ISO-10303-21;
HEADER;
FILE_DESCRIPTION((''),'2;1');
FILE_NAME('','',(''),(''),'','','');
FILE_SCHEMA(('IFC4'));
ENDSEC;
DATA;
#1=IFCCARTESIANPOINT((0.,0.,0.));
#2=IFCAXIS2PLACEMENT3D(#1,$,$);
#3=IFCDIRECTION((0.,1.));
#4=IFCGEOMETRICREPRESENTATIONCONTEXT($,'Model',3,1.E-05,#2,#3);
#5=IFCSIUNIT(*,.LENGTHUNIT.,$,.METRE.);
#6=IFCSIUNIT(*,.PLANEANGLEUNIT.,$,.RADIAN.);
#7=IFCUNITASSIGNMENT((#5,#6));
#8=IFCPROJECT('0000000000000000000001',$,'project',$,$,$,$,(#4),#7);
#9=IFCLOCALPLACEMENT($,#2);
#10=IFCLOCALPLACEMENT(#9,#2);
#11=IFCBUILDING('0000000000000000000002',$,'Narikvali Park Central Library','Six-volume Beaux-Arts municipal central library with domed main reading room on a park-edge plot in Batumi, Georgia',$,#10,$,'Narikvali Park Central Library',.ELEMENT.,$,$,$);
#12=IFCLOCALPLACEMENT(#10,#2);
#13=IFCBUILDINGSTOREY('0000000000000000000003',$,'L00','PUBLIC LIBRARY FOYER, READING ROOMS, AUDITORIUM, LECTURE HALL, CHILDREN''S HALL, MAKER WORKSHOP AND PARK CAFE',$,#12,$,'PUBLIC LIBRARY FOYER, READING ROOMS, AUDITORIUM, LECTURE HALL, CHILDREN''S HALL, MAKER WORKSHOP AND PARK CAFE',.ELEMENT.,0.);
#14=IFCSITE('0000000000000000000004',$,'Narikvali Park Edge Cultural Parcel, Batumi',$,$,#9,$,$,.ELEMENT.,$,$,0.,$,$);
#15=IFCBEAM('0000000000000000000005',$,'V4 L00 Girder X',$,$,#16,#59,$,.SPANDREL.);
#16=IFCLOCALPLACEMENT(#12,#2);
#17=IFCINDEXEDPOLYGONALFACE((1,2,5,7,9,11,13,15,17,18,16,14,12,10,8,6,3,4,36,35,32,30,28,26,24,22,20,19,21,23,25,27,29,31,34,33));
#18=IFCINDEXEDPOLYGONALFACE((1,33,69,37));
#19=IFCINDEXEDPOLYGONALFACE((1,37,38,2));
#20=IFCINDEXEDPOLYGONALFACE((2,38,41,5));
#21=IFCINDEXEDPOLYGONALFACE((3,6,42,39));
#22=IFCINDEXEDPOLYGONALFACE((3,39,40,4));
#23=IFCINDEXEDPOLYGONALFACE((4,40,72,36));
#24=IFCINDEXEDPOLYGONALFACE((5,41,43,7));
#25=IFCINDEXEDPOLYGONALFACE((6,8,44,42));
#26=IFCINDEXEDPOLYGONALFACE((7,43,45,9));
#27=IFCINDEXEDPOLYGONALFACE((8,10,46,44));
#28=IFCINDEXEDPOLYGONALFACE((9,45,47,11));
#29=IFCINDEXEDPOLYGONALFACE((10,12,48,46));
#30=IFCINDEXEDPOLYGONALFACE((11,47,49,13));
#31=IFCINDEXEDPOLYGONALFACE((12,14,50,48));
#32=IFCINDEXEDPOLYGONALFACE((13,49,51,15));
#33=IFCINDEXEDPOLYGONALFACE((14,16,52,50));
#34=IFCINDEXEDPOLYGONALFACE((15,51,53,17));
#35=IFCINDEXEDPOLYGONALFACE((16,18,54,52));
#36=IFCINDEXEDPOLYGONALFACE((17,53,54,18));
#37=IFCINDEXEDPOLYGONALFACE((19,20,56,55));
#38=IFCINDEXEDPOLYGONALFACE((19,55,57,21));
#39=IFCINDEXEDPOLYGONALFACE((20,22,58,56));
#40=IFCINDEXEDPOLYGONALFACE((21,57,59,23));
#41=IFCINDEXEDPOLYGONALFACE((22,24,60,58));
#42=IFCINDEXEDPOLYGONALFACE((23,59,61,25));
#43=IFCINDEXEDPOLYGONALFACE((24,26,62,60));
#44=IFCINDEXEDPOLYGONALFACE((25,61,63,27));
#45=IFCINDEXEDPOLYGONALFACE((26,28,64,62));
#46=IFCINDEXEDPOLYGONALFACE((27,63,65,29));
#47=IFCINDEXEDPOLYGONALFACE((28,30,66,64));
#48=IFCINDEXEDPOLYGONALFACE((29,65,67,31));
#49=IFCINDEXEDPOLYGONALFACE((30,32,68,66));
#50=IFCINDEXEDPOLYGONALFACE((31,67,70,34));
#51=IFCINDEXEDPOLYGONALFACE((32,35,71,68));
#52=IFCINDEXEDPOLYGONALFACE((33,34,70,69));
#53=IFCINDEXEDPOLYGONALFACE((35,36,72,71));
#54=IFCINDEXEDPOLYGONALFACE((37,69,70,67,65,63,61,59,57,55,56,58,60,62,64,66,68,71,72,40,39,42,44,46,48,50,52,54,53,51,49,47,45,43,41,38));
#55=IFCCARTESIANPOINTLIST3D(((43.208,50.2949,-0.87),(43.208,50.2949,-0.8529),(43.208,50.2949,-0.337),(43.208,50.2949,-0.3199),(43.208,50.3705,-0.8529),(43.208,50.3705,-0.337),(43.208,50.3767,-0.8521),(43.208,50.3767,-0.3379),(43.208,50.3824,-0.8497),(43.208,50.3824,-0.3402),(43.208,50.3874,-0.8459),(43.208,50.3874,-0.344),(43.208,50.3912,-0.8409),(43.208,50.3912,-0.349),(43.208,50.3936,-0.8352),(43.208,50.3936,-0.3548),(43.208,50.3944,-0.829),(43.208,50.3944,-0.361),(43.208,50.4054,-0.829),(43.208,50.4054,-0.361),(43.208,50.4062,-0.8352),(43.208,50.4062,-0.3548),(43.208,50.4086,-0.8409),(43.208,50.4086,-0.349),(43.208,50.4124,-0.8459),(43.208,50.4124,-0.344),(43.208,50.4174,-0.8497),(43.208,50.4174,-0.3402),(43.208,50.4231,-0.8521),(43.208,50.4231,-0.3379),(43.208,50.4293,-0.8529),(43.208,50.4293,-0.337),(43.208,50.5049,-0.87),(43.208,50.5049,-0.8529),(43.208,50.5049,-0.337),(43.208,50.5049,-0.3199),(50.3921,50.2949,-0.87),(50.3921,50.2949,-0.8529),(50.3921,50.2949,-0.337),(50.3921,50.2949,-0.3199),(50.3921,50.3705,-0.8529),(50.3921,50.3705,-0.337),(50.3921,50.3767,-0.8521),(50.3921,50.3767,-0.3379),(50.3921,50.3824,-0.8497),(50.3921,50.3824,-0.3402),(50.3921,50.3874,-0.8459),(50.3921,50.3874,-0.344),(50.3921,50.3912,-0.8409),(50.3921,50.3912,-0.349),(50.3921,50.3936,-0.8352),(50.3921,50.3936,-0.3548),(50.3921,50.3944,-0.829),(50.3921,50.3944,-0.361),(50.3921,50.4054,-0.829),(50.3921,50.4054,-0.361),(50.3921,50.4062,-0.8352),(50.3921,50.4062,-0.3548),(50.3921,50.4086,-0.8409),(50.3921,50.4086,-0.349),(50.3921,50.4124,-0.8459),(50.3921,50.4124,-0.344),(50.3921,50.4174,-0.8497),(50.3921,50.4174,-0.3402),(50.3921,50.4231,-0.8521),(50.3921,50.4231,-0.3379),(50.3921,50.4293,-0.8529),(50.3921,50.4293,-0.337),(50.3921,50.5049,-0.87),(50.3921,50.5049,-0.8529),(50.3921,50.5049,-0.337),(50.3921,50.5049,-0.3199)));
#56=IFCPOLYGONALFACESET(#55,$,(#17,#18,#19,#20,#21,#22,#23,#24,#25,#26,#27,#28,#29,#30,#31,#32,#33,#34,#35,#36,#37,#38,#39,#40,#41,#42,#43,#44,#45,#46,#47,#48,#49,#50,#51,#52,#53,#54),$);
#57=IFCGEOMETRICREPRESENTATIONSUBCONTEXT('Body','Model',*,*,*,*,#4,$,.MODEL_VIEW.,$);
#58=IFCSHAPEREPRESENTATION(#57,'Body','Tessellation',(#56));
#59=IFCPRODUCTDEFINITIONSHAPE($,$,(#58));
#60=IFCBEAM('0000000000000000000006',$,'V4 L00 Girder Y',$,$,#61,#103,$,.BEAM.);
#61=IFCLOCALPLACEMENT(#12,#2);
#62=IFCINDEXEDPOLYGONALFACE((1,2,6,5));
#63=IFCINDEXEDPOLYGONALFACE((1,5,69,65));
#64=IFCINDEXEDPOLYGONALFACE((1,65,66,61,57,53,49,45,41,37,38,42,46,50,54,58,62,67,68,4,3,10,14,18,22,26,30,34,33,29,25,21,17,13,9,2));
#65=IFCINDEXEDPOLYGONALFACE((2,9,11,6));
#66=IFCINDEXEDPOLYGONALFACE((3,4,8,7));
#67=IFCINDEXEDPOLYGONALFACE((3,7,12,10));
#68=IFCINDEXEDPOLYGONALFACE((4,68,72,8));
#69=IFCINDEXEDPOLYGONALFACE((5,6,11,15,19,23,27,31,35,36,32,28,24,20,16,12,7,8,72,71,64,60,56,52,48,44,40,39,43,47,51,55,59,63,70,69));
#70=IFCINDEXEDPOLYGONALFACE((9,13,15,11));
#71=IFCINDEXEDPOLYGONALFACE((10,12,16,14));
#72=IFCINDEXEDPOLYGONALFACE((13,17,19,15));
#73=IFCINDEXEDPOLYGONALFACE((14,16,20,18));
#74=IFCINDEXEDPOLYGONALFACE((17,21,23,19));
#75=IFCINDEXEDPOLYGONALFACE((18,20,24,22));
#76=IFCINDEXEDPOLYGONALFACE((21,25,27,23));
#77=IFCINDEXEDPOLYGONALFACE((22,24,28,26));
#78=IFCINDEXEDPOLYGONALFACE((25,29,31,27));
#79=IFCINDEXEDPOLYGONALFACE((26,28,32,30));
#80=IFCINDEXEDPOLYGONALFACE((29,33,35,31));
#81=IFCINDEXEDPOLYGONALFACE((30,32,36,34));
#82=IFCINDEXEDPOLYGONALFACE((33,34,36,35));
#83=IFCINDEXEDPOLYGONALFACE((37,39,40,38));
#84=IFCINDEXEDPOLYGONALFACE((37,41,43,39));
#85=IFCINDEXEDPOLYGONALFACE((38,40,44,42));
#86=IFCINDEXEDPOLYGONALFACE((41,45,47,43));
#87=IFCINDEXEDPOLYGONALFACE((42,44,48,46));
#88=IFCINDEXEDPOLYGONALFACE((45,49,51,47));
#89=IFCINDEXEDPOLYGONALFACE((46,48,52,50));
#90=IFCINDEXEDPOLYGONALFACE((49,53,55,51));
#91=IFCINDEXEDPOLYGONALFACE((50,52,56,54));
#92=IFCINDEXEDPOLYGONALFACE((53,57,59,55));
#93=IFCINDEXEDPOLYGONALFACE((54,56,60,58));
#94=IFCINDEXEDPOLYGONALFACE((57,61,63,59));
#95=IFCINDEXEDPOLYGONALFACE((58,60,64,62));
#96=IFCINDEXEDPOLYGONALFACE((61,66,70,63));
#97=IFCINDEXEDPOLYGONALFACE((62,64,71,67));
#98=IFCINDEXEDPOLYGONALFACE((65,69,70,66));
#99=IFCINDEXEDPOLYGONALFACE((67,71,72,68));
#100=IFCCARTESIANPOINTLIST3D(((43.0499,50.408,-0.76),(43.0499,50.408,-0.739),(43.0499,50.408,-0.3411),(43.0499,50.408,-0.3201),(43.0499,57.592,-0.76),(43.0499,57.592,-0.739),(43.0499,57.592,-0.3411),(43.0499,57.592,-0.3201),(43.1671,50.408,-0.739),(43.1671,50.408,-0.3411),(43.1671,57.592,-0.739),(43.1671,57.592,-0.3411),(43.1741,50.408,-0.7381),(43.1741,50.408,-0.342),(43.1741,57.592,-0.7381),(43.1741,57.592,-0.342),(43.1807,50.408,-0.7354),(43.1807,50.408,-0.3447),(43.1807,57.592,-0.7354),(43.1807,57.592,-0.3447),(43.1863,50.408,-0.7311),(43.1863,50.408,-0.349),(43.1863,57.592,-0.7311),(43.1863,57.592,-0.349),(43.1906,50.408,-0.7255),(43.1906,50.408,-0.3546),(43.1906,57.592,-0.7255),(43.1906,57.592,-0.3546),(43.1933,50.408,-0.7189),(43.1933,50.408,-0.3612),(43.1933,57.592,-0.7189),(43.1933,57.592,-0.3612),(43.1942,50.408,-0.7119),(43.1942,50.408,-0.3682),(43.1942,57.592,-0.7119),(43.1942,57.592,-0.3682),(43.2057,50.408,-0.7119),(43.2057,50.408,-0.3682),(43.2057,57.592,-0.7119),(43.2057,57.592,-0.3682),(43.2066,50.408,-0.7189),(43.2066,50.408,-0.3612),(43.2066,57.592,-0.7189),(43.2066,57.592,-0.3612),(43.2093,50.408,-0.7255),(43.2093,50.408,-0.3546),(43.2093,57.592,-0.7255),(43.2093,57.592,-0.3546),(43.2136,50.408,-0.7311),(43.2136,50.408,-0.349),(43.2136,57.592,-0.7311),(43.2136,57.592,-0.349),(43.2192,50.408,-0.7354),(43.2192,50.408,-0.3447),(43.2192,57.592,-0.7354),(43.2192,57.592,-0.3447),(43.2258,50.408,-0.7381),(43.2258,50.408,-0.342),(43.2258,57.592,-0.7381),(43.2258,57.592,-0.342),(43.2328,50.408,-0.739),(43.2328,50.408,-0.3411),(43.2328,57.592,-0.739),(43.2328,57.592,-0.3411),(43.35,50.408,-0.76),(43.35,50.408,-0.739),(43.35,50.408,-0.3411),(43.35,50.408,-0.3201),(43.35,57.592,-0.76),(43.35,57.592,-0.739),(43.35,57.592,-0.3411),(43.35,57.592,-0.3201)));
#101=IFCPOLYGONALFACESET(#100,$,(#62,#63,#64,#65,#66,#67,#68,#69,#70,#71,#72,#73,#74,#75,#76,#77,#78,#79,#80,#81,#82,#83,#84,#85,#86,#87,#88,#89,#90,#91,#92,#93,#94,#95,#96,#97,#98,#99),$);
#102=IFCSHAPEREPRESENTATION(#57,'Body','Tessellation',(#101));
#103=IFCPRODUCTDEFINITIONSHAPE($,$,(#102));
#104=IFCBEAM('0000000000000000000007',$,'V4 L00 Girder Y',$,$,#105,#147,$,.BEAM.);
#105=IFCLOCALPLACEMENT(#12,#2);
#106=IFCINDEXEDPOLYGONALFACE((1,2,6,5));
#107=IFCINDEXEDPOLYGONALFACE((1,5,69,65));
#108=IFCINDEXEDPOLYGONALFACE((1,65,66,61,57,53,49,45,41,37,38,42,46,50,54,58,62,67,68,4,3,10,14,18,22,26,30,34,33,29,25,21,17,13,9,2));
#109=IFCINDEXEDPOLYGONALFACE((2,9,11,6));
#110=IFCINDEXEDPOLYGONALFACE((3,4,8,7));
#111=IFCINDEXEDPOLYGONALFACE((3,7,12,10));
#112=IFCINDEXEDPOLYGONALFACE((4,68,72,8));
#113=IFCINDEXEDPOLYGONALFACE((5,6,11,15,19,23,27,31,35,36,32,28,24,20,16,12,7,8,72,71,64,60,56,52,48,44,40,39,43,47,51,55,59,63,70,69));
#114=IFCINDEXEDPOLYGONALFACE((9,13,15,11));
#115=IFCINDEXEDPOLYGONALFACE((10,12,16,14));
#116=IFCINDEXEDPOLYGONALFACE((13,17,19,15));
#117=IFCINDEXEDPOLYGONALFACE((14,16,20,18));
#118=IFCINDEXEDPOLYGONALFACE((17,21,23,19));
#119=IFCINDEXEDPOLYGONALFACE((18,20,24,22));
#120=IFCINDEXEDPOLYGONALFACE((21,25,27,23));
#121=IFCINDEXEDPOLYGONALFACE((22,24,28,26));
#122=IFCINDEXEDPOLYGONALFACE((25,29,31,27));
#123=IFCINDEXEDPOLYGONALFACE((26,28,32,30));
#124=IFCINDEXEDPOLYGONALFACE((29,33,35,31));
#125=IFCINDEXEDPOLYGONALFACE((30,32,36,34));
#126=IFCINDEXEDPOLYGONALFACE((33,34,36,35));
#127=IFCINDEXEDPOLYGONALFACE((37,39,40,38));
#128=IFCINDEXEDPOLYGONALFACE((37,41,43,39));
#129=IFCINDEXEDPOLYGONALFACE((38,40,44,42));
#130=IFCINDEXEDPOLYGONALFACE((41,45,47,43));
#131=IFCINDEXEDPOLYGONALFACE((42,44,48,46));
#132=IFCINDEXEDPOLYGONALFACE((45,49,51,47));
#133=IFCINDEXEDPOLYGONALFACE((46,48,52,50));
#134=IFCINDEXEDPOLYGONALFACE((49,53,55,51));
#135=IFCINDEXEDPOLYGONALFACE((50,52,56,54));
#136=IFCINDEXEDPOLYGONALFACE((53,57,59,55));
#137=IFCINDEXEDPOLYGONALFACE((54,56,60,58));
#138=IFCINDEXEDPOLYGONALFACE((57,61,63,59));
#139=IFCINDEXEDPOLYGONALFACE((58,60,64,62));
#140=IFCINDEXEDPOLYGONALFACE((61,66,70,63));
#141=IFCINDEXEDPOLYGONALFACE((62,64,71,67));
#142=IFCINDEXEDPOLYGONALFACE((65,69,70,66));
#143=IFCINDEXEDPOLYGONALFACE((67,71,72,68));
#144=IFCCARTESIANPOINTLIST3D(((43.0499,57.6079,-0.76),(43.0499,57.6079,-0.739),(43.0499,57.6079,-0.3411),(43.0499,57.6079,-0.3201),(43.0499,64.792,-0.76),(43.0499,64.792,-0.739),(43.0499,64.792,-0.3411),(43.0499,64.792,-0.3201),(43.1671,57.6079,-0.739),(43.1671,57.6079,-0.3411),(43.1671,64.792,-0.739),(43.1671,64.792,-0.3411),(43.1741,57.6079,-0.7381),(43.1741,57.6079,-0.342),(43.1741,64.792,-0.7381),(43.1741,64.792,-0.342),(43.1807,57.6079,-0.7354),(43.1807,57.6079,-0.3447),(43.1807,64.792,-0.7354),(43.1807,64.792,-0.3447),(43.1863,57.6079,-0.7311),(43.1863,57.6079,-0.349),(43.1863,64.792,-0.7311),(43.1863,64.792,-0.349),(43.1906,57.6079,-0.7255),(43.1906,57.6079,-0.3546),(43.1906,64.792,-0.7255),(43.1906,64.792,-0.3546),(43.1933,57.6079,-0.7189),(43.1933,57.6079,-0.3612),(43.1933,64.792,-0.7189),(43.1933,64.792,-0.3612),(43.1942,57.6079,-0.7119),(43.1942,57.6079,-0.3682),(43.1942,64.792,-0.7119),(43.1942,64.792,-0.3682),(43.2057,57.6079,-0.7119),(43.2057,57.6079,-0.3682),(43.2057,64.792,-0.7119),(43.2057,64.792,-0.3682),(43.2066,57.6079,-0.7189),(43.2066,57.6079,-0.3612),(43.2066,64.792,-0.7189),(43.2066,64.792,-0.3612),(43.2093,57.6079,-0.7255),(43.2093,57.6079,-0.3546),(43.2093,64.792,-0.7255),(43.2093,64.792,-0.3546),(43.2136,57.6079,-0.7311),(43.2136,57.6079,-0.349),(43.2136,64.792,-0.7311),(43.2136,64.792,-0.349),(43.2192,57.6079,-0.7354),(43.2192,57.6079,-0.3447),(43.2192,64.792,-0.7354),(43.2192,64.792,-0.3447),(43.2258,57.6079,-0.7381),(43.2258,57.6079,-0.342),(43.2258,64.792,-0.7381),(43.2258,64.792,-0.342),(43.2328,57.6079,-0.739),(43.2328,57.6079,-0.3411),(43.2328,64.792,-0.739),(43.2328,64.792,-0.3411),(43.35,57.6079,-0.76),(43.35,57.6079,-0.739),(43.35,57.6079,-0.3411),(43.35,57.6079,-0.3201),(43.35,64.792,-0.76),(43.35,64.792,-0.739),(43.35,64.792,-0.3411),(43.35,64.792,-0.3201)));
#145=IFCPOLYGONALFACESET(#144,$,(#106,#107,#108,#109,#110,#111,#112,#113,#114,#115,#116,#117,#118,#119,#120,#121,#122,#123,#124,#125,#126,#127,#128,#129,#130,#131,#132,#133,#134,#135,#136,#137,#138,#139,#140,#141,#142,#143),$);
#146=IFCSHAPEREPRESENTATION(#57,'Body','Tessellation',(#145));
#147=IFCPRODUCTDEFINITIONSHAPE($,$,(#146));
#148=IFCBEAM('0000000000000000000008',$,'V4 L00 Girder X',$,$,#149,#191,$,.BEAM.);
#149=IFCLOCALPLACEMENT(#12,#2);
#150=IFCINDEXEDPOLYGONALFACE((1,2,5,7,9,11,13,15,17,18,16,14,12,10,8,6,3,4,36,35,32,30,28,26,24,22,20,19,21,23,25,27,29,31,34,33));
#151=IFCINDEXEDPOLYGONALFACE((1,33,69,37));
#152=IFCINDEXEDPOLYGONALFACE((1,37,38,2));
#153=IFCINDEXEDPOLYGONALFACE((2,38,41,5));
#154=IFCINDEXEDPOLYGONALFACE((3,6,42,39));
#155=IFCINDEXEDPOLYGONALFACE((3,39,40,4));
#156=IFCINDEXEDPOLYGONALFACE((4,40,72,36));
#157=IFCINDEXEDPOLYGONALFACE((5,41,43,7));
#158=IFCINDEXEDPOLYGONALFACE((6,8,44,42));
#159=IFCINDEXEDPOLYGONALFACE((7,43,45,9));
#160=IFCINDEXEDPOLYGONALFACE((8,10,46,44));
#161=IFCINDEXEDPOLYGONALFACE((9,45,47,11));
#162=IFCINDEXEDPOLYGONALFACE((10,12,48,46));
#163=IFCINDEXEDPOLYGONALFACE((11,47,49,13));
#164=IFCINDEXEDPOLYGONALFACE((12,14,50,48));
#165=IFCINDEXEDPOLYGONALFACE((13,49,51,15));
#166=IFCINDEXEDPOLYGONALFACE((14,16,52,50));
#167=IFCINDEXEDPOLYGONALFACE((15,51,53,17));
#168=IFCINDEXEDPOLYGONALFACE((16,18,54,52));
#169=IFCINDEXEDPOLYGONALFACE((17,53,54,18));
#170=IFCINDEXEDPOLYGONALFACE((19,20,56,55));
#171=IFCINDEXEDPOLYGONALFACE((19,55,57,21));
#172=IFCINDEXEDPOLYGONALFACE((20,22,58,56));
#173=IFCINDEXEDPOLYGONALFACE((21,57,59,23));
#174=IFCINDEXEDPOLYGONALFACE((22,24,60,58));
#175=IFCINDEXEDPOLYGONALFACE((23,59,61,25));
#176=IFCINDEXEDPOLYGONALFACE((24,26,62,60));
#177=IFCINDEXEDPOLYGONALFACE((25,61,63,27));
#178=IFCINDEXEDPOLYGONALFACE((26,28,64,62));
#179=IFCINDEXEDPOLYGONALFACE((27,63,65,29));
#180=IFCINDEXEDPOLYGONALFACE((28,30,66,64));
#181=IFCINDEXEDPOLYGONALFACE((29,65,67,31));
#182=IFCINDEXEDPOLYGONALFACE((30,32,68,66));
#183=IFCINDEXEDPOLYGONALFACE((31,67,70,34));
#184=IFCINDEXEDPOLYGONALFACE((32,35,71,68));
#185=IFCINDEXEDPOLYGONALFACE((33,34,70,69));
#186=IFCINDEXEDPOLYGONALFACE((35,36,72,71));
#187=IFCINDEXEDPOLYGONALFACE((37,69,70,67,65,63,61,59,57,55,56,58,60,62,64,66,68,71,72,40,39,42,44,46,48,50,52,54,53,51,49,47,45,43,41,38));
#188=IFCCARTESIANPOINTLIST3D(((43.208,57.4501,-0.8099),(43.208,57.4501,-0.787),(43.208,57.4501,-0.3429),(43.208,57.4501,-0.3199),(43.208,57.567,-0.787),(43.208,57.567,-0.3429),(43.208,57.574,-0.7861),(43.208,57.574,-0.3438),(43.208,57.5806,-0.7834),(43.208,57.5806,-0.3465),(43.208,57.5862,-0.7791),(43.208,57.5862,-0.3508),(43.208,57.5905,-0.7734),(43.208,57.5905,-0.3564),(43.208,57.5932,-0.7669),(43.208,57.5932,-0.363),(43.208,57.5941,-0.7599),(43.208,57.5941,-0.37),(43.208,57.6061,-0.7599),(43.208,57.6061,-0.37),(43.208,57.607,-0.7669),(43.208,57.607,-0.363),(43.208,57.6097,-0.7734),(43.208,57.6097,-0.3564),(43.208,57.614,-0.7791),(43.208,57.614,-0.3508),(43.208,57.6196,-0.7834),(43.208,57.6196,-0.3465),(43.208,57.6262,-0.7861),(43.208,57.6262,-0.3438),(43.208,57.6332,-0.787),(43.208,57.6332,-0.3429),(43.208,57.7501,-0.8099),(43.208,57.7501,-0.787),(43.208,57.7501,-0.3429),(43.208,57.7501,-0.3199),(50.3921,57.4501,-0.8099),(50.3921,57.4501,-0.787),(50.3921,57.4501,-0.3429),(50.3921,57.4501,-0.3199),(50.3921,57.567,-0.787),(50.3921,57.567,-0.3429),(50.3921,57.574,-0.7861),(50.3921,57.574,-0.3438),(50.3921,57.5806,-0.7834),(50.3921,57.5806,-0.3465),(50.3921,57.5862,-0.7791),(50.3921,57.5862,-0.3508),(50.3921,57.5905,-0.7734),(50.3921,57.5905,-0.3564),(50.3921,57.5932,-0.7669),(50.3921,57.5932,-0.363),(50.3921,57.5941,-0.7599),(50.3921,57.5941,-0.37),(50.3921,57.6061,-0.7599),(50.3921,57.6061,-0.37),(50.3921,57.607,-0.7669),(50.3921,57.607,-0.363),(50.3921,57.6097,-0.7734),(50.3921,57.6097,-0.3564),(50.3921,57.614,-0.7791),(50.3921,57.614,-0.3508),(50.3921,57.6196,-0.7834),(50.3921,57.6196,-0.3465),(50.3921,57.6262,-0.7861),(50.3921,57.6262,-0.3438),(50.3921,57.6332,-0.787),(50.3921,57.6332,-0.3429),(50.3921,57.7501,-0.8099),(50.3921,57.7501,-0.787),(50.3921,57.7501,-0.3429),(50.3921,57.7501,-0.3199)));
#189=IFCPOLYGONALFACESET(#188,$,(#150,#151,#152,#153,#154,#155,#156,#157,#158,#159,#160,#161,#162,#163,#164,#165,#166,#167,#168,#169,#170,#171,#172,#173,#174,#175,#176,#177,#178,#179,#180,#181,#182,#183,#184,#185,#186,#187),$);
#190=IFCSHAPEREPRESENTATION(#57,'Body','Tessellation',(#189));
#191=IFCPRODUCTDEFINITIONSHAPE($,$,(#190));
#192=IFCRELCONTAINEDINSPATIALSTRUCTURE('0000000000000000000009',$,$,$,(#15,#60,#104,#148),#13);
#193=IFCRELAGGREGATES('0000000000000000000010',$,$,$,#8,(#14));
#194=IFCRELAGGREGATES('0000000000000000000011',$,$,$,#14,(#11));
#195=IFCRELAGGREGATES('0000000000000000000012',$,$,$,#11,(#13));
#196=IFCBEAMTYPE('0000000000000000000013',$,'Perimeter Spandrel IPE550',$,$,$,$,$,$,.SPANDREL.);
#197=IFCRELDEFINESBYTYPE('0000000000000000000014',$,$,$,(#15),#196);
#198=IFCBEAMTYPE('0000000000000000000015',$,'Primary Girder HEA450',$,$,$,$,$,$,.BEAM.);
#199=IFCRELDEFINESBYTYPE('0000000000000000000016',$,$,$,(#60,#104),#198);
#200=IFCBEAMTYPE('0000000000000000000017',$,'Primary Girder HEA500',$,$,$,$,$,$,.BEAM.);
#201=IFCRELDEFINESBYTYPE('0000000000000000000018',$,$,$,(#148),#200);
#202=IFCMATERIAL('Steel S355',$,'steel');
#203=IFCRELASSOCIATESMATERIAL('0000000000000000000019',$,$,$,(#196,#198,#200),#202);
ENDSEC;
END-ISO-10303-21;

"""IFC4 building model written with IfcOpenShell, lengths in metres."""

from ifc_helpers import new_model, si_unit, direction, frame, origin, origin_2d, place, context, subcontext, project, spatial, i_section, extrude, material, material_profile, profile_set, type_object, element, save


model = new_model("IFC4")

# Units and contexts
model_context = context("Model", 3, precision=1e-05, world=origin(), true_north=direction((0.0, 1.0)))
body_context = subcontext(model_context, "Body", "Model", "MODEL_VIEW")
ifc_project = project(units=[si_unit("LENGTHUNIT", "METRE"), si_unit("PLANEANGLEUNIT", "RADIAN")], contexts=[model_context])

# Site, building, storey
site_placement = place(None, origin())
site = spatial("IfcSite", under=ifc_project, at=site_placement, Name="Narikvali Park Edge Cultural Parcel, Batumi", CompositionType="ELEMENT", RefElevation=0.0)
building_placement = place(site_placement, origin())
building = spatial("IfcBuilding", under=site, at=building_placement, Name="Narikvali Park Central Library", Description="Six-volume Beaux-Arts municipal central library with domed main reading room on a park-edge plot in Batumi, Georgia", LongName="Narikvali Park Central Library", CompositionType="ELEMENT")
storey_placement = place(building_placement, origin())
storey = spatial("IfcBuildingStorey", under=building, at=storey_placement, Name="L00", Description="PUBLIC LIBRARY FOYER, READING ROOMS, AUDITORIUM, LECTURE HALL, CHILDREN'S HALL, MAKER WORKSHOP AND PARK CAFE", LongName="PUBLIC LIBRARY FOYER, READING ROOMS, AUDITORIUM, LECTURE HALL, CHILDREN'S HALL, MAKER WORKSHOP AND PARK CAFE", CompositionType="ELEMENT", Elevation=0.0)

# Shared definitions
ifc_material_1 = material(Name="Steel S355", Category="steel")

# Beams
ifc_material_profile_1 = material_profile(ifc_material_1, i_section(OverallWidth=0.21, OverallDepth=0.55, WebThickness=0.011, FlangeThickness=0.0171, FilletRadius=0.0239, at=origin_2d()), Name="IPE 550")
ifc_profile_set_1 = profile_set([ifc_material_profile_1], Name="Steel S355")
beam_type_1 = type_object("IfcBeamType", Name="Perimeter Spandrel IPE550", PredefinedType="SPANDREL", material=ifc_profile_set_1)
beam_1_placement = place(storey_placement, frame((43.208, 50.3999, -0.595), z_axis=(1.0, 0.0, 0.0), x_axis=(0.0, 1.0, 0.0)))
element("IfcBeam", 1, at=beam_1_placement, inside=storey, type_object=beam_type_1, Name="V4 L00 Girder X", PredefinedType="SPANDREL", context=body_context, shape_type="SweptSolid", body=[
    extrude(i_section(OverallWidth=0.21, OverallDepth=0.55, WebThickness=0.011, FlangeThickness=0.0171, FilletRadius=0.0239, at=origin_2d()), origin(), (0.0, 0.0, 1.0), 7.1841),
])
ifc_material_profile_2 = material_profile(ifc_material_1, i_section(OverallWidth=0.3, OverallDepth=0.4399, WebThickness=0.0115, FlangeThickness=0.021, FilletRadius=0.0271, at=origin_2d()), Name="HEA 450")
ifc_profile_set_2 = profile_set([ifc_material_profile_2], Name="Steel S355")
beam_type_2 = type_object("IfcBeamType", Name="Primary Girder HEA450", PredefinedType="BEAM", material=ifc_profile_set_2)
for number, where, z_axis, x_axis, name in (
    (2, (43.2, 50.408, -0.54), (0.0, 1.0, 0.0), (-1.0, 0.0, 0.0), "V4 L00 Girder Y"),
    (3, (43.2, 57.6079, -0.54), (0.0, 1.0, 0.0), (-1.0, 0.0, 0.0), "V4 L00 Girder Y"),
):
    element("IfcBeam", number, at=place(storey_placement, frame(where, z_axis=z_axis, x_axis=x_axis)), inside=storey, type_object=beam_type_2, Name=name, PredefinedType="BEAM", context=body_context, shape_type="SweptSolid", body=[
        extrude(i_section(OverallWidth=0.3, OverallDepth=0.4399, WebThickness=0.0115, FlangeThickness=0.021, FilletRadius=0.0271, at=origin_2d()), origin(), (0.0, 0.0, 1.0), 7.1841),
    ])
ifc_material_profile_3 = material_profile(ifc_material_1, i_section(OverallWidth=0.3, OverallDepth=0.49, WebThickness=0.012, FlangeThickness=0.0229, FilletRadius=0.0271, at=origin_2d()), Name="HEA 500")
ifc_profile_set_3 = profile_set([ifc_material_profile_3], Name="Steel S355")
beam_type_3 = type_object("IfcBeamType", Name="Primary Girder HEA500", PredefinedType="BEAM", material=ifc_profile_set_3)
beam_2_placement = place(storey_placement, frame((43.208, 57.6001, -0.5649), z_axis=(1.0, 0.0, 0.0), x_axis=(0.0, 1.0, 0.0)))
element("IfcBeam", 4, at=beam_2_placement, inside=storey, type_object=beam_type_3, Name="V4 L00 Girder X", PredefinedType="BEAM", context=body_context, shape_type="SweptSolid", body=[
    extrude(i_section(OverallWidth=0.3, OverallDepth=0.49, WebThickness=0.012, FlangeThickness=0.0229, FilletRadius=0.0271, at=origin_2d()), origin(), (0.0, 0.0, 1.0), 7.1841),
])

save(model, "model.ifc")
